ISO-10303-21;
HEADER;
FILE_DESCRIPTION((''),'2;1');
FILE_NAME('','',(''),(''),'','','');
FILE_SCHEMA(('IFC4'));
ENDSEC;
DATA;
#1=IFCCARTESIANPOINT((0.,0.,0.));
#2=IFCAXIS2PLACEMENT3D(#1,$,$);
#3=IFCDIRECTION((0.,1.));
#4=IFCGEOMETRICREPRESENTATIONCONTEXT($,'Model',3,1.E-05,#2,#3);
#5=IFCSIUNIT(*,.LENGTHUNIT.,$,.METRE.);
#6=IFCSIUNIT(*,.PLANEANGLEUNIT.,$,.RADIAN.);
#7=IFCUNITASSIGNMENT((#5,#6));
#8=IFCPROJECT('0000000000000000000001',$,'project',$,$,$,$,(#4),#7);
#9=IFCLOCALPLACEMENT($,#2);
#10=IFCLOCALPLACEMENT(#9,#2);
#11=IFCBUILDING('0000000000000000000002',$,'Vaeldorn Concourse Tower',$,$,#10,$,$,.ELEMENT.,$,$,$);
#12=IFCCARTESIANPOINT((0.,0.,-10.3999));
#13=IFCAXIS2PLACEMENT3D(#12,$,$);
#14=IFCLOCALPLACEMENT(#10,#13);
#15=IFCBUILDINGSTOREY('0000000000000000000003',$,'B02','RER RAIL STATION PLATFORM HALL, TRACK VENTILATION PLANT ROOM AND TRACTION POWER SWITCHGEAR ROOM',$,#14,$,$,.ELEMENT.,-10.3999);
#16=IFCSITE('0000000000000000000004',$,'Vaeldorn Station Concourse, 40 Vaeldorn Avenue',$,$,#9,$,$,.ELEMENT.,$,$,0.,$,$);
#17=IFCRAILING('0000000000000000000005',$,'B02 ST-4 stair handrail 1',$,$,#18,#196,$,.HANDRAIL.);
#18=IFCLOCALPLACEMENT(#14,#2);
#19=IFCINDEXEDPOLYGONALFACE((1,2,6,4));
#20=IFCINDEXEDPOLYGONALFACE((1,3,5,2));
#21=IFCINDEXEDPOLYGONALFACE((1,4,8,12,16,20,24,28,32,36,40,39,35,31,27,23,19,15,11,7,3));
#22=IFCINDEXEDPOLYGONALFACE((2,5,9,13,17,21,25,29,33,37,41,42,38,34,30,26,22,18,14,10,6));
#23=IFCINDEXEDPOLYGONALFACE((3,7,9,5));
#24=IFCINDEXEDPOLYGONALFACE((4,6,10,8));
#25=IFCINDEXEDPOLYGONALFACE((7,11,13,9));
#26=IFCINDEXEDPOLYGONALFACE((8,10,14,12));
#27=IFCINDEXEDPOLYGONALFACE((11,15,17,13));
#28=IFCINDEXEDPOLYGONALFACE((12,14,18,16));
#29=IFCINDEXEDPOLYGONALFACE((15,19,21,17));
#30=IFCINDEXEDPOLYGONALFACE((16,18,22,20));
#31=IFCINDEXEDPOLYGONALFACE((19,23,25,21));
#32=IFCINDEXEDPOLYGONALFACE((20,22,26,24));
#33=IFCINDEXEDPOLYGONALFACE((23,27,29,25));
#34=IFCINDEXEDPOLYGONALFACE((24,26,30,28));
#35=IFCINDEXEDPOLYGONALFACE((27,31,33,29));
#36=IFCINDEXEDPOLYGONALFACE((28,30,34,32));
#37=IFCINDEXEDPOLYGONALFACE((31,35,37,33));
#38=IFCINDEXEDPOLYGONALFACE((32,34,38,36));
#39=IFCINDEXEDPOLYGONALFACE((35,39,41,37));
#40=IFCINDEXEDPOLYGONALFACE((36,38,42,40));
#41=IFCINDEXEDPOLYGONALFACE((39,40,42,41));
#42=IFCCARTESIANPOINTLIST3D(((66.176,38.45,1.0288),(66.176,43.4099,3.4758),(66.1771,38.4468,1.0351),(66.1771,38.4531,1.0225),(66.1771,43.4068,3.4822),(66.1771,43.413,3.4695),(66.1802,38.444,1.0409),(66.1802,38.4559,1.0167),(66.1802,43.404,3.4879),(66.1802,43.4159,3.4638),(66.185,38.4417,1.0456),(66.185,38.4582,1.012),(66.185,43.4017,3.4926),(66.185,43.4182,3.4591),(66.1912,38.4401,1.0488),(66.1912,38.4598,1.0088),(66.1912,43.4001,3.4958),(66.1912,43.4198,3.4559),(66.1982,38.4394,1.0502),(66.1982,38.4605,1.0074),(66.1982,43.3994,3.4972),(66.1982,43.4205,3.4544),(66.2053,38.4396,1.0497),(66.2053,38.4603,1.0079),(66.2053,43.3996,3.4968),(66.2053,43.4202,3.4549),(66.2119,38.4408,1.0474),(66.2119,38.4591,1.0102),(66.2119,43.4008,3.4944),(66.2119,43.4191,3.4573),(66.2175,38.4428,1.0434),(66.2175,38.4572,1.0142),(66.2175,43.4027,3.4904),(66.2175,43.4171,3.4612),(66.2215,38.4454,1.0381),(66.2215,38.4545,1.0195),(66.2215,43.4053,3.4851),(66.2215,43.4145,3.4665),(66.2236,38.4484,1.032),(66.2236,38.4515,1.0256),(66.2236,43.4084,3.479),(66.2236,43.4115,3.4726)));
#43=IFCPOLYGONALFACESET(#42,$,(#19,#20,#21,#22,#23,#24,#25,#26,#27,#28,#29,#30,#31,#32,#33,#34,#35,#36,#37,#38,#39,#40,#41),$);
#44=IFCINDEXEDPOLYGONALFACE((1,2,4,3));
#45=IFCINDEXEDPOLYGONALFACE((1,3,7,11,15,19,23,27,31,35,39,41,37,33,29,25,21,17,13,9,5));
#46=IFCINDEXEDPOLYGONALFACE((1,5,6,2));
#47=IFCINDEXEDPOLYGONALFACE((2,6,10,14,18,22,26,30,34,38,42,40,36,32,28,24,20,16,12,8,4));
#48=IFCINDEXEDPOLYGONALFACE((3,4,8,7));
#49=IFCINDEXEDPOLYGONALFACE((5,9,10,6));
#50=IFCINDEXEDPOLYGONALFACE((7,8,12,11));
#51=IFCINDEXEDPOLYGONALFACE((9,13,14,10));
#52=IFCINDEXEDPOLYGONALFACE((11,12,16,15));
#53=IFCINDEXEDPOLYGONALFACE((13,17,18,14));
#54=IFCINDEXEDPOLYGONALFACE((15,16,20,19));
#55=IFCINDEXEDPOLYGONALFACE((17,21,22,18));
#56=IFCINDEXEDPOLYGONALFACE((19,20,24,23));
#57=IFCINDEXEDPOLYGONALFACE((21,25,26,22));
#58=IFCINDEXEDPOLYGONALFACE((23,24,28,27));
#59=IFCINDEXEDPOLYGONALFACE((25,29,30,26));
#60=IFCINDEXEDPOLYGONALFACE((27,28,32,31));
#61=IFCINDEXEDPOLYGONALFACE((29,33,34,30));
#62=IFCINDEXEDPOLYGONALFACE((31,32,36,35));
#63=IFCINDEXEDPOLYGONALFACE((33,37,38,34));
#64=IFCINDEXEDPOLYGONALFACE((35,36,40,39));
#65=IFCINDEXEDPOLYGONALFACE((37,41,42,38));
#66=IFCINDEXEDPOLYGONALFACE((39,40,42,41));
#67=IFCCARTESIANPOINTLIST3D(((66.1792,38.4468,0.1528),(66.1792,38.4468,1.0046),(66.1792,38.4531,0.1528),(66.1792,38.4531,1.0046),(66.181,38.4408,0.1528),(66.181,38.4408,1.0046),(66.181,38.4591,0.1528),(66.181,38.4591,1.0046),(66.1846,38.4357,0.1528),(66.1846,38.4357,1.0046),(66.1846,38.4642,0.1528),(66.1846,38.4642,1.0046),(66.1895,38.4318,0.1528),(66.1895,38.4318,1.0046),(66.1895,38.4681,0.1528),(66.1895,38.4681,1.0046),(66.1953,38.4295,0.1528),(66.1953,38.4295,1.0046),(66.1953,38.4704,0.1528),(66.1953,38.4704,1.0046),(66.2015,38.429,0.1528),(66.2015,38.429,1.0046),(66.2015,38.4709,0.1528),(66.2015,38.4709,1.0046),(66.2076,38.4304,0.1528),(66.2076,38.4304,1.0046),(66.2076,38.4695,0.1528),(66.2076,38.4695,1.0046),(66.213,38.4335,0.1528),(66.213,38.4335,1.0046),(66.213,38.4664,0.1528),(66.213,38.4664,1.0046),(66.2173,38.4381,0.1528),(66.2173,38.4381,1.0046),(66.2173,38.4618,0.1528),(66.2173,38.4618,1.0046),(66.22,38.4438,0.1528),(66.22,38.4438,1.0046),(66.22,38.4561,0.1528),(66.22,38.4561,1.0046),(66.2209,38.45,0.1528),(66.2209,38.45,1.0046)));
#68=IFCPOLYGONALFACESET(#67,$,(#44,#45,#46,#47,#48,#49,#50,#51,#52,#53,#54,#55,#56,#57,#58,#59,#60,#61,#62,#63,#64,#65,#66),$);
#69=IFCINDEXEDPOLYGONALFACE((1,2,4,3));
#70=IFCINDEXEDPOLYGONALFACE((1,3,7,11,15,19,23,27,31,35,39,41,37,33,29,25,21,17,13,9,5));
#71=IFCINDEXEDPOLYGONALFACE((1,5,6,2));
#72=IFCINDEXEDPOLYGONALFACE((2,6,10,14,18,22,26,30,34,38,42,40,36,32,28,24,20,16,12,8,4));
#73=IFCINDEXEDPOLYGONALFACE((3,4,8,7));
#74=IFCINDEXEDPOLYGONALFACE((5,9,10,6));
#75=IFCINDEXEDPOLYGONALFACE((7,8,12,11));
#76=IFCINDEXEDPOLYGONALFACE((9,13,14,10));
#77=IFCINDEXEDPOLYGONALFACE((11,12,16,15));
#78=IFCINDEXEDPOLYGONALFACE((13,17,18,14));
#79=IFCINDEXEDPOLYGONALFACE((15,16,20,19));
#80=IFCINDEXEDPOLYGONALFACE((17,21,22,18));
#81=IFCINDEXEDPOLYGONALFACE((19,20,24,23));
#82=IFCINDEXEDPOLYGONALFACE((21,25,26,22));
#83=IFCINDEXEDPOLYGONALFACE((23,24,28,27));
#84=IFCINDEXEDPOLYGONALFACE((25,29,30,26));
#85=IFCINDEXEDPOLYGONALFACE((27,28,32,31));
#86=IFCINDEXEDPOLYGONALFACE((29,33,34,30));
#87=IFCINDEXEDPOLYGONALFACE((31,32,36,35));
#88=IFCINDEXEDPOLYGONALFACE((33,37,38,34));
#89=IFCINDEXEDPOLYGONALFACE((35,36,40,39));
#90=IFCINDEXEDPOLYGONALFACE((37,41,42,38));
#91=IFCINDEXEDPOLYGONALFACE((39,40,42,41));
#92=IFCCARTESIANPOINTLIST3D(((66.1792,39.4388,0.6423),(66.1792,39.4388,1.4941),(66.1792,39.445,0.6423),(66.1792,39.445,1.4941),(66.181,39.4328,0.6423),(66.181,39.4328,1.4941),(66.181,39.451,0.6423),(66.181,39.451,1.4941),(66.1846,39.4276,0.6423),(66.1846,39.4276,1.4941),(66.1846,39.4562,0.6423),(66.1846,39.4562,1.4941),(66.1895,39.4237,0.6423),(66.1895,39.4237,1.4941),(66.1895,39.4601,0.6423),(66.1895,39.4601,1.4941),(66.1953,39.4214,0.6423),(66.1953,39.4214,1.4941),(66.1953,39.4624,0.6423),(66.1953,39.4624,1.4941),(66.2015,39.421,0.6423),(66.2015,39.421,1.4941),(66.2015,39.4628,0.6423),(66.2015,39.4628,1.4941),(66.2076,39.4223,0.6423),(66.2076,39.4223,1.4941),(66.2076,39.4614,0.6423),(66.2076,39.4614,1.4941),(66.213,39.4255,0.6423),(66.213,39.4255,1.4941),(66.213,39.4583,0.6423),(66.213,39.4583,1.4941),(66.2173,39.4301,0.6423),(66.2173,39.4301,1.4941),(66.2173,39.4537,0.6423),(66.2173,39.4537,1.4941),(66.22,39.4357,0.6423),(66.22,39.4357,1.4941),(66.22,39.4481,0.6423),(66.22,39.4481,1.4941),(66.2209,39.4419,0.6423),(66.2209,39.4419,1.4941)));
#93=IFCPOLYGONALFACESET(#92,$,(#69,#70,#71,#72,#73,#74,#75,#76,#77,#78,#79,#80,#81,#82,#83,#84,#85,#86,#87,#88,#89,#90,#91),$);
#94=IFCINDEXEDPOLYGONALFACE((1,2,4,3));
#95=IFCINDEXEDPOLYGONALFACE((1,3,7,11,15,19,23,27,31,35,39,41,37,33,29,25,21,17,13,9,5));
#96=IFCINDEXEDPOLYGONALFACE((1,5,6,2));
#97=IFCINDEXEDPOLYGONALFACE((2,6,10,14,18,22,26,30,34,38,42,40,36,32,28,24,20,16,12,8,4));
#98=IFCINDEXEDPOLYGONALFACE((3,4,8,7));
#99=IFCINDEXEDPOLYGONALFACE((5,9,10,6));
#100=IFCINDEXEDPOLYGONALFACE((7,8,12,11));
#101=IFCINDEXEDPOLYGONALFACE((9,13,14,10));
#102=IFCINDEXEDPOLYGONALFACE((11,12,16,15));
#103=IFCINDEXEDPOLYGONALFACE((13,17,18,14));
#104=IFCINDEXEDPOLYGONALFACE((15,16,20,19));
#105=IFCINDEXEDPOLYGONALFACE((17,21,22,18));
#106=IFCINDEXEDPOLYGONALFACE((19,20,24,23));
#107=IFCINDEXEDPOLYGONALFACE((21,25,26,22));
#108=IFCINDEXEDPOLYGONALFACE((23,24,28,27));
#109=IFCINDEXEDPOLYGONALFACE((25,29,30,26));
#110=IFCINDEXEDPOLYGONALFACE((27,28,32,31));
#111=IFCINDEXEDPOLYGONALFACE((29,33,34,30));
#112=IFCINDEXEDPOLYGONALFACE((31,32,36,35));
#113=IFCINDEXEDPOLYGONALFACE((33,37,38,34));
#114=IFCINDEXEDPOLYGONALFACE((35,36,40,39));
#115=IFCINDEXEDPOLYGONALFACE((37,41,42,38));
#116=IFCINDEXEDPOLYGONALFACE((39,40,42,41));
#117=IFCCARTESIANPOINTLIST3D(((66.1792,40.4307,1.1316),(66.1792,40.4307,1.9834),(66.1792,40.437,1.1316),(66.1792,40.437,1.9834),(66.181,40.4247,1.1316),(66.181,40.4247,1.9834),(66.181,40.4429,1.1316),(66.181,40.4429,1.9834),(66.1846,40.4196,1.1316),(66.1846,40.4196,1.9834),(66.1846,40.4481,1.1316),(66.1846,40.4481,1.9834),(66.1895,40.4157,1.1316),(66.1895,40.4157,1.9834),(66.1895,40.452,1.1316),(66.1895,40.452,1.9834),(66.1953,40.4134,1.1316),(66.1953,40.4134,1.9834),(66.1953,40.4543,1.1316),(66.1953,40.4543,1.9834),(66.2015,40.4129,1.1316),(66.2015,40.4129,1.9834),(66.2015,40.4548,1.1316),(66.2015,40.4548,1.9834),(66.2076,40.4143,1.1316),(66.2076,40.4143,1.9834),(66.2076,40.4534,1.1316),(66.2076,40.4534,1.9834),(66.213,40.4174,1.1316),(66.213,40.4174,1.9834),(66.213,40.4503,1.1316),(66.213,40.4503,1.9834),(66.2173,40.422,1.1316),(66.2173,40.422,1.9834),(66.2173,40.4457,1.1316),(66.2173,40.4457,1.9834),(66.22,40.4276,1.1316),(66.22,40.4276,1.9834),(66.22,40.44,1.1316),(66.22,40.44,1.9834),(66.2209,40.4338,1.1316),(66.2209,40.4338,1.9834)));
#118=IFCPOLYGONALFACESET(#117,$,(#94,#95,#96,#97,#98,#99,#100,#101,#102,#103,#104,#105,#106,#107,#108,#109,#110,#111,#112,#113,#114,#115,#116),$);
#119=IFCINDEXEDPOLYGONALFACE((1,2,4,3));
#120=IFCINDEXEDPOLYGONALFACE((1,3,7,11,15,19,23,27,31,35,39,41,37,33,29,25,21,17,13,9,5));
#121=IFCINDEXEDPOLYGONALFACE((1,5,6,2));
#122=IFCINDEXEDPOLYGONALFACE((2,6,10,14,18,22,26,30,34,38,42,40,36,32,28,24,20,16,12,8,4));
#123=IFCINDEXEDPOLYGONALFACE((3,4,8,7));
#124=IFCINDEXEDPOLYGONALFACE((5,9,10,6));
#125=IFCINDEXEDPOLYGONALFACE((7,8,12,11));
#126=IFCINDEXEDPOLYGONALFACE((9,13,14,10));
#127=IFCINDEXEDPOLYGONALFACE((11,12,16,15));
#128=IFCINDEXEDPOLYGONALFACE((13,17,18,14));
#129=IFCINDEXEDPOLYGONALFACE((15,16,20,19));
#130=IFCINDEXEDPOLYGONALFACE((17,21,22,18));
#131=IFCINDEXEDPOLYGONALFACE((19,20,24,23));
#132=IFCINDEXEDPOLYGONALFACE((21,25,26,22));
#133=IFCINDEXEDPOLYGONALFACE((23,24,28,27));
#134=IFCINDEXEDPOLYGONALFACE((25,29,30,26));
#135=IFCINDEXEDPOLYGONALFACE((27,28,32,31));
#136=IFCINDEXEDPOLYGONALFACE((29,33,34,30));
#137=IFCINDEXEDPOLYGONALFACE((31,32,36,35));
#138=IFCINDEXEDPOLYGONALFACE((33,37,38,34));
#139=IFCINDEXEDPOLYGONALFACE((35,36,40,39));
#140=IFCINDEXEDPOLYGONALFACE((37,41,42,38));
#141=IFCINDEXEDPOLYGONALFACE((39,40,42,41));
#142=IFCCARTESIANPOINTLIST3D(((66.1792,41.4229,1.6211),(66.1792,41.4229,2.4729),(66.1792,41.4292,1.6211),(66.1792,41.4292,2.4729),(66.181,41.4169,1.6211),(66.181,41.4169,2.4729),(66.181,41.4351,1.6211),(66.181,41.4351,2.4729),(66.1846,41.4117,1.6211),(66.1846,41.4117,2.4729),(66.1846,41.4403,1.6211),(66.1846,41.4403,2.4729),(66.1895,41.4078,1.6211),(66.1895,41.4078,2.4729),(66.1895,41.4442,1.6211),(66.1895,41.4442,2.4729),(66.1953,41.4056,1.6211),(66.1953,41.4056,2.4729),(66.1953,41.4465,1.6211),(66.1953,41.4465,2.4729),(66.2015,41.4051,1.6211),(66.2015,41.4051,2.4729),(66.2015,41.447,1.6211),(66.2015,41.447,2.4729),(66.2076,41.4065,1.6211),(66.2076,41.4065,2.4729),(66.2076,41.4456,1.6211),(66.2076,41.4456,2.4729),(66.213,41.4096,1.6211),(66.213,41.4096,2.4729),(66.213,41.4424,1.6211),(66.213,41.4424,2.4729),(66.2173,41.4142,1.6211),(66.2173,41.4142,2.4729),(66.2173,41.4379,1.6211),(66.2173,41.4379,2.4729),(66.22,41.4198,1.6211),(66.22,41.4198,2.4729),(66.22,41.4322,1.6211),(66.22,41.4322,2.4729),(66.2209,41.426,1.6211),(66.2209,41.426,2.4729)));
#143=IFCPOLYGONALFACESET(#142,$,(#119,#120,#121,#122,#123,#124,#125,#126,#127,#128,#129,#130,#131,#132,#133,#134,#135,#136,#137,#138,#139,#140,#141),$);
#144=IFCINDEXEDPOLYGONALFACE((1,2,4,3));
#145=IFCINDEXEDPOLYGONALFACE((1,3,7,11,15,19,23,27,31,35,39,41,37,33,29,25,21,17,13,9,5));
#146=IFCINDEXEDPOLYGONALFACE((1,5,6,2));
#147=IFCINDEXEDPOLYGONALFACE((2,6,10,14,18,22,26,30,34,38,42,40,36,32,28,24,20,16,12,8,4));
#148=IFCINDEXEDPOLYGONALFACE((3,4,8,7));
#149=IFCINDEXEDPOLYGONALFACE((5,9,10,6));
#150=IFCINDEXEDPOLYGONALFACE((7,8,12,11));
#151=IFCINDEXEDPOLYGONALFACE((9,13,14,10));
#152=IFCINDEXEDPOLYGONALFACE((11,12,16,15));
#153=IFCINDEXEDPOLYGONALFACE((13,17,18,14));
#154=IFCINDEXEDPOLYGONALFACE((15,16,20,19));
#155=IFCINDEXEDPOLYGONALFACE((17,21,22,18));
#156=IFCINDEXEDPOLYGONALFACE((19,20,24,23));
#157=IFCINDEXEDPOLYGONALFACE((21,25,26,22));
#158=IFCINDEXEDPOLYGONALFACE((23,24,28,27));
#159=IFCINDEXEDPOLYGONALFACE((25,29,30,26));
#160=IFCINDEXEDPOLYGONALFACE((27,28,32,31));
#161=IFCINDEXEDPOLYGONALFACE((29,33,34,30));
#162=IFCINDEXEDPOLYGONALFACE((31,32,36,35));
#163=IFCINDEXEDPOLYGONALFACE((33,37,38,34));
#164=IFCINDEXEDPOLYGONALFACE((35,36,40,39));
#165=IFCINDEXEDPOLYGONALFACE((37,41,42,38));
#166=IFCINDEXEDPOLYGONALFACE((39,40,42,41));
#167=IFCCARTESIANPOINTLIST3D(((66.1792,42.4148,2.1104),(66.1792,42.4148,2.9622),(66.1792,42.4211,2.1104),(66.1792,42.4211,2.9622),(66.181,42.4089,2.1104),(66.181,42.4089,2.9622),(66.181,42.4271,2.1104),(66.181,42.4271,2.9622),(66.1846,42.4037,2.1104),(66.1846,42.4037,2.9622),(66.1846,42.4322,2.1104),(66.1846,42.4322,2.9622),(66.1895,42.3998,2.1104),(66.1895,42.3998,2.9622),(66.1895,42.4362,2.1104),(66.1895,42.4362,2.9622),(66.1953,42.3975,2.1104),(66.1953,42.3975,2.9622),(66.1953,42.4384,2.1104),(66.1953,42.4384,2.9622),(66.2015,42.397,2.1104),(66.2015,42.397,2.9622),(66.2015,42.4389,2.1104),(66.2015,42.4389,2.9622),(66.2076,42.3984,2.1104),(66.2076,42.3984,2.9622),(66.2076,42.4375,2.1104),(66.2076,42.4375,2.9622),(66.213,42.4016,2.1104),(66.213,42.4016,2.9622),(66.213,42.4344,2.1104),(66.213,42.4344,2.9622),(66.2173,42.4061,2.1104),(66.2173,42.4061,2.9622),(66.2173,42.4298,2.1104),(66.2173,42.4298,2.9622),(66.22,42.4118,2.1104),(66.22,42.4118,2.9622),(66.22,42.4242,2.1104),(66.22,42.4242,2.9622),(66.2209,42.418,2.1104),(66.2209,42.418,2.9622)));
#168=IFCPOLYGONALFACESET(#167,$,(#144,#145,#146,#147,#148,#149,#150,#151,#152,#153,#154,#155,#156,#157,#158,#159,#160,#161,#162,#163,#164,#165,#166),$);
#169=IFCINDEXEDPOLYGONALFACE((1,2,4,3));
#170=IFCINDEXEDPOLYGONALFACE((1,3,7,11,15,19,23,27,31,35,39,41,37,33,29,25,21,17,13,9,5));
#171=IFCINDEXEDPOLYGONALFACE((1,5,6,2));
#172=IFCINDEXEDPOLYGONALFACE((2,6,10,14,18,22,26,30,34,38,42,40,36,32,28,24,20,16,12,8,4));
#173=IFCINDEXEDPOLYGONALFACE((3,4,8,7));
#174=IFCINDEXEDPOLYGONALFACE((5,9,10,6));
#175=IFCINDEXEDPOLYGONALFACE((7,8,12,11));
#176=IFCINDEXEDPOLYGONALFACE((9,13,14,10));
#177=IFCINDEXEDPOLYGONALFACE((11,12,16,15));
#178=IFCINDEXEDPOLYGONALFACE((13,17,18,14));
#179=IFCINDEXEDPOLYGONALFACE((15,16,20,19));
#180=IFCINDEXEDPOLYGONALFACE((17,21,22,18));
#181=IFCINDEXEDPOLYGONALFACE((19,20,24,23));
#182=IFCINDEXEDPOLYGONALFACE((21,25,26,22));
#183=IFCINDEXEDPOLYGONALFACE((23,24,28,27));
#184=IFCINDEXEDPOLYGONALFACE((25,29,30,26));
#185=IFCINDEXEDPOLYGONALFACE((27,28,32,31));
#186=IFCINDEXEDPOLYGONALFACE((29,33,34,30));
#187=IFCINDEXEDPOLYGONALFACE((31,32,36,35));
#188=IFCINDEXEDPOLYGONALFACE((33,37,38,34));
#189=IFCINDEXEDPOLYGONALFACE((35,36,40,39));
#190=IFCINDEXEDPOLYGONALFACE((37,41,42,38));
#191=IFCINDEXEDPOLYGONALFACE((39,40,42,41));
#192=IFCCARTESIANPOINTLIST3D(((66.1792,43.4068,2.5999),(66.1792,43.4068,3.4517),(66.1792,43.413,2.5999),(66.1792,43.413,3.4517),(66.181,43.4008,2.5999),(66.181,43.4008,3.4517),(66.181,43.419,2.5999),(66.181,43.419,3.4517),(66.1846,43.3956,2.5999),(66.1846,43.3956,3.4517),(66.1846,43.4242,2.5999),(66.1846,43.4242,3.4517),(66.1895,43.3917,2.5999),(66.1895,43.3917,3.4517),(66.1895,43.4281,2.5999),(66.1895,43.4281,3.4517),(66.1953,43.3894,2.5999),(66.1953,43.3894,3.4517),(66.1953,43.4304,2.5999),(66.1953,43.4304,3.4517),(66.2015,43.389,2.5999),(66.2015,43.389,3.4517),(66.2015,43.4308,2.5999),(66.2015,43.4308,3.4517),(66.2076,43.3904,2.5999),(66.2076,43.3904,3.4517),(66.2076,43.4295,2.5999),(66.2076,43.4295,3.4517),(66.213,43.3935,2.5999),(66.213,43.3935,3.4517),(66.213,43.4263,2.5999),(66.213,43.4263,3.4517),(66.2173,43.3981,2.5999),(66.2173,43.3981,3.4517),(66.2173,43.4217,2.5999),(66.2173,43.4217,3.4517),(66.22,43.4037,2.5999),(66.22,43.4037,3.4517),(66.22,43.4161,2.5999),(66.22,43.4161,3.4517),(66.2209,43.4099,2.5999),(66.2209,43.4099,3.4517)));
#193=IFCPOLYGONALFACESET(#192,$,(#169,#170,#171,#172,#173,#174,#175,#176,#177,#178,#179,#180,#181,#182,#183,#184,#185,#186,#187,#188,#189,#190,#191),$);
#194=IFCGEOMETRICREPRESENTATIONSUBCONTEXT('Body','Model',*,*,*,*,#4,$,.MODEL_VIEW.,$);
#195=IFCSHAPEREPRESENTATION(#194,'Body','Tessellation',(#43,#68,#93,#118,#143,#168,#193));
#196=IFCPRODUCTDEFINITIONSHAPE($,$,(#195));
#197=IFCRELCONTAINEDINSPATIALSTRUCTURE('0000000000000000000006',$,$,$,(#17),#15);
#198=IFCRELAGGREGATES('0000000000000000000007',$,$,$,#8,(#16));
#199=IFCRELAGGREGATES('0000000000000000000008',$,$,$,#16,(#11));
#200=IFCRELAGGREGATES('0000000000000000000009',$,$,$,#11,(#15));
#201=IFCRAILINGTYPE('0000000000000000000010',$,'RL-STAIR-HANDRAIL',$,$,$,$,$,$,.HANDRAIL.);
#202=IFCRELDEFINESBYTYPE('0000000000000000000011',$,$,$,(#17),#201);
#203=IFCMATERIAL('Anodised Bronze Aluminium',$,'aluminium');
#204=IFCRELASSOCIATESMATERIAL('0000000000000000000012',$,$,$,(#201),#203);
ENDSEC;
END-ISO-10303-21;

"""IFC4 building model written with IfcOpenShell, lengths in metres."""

from ifc_helpers import new_model, si_unit, direction, frame, origin, origin_2d, place, context, subcontext, project, spatial, circle, extrude, material, type_object, element, save


model = new_model("IFC4")

# Units and contexts
model_context = context("Model", 3, precision=1e-05, world=origin(), true_north=direction((0.0, 1.0)))
body_context = subcontext(model_context, "Body", "Model", "MODEL_VIEW")
ifc_project = project(units=[si_unit("LENGTHUNIT", "METRE"), si_unit("PLANEANGLEUNIT", "RADIAN")], contexts=[model_context])

# Site, building, storey
site_placement = place(None, origin())
site = spatial("IfcSite", under=ifc_project, at=site_placement, Name="Vaeldorn Station Concourse, 40 Vaeldorn Avenue", CompositionType="ELEMENT", RefElevation=0.0)
building_placement = place(site_placement, origin())
building = spatial("IfcBuilding", under=site, at=building_placement, Name="Vaeldorn Concourse Tower", CompositionType="ELEMENT")
storey_placement = place(building_placement, frame((0.0, 0.0, -10.3999)))
storey = spatial("IfcBuildingStorey", under=building, at=storey_placement, Name="B02", Description="RER RAIL STATION PLATFORM HALL, TRACK VENTILATION PLANT ROOM AND TRACTION POWER SWITCHGEAR ROOM", CompositionType="ELEMENT", Elevation=-10.3999)

# Railing
ifc_material_1 = material(Name="Anodised Bronze Aluminium", Category="aluminium")
railing_type_1 = type_object("IfcRailingType", Name="RL-STAIR-HANDRAIL", PredefinedType="HANDRAIL", material=ifc_material_1)
railing_1_placement = place(storey_placement, frame((66.2, 38.45, 0.1528)))
element("IfcRailing", 1, at=railing_1_placement, inside=storey, type_object=railing_type_1, Name="B02 ST-4 stair handrail 1", PredefinedType="HANDRAIL", context=body_context, shape_type="SweptSolid", body=[
    extrude(circle(Radius=0.0239, at=origin_2d()), frame((0.0, 0.0, 0.876), z_axis=(0.0, 0.896798, 0.44244), x_axis=(-1.0, 0.0, 0.0)), (0.0, 0.0, 1.0), 5.5308),
    extrude(circle(Radius=0.021, at=origin_2d()), origin(), (0.0, 0.0, 1.0), 0.8518),
    extrude(circle(Radius=0.021, at=origin_2d()), frame((0.0, 0.9919, 0.4895)), (0.0, 0.0, 1.0), 0.8518),
    extrude(circle(Radius=0.021, at=origin_2d()), frame((0.0, 1.9839, 0.9788)), (0.0, 0.0, 1.0), 0.8518),
    extrude(circle(Radius=0.021, at=origin_2d()), frame((0.0, 2.9761, 1.4683)), (0.0, 0.0, 1.0), 0.8518),
    extrude(circle(Radius=0.021, at=origin_2d()), frame((0.0, 3.968, 1.9575)), (0.0, 0.0, 1.0), 0.8518),
    extrude(circle(Radius=0.021, at=origin_2d()), frame((0.0, 4.96, 2.447)), (0.0, 0.0, 1.0), 0.8518),
])

save(model, "model.ifc")
